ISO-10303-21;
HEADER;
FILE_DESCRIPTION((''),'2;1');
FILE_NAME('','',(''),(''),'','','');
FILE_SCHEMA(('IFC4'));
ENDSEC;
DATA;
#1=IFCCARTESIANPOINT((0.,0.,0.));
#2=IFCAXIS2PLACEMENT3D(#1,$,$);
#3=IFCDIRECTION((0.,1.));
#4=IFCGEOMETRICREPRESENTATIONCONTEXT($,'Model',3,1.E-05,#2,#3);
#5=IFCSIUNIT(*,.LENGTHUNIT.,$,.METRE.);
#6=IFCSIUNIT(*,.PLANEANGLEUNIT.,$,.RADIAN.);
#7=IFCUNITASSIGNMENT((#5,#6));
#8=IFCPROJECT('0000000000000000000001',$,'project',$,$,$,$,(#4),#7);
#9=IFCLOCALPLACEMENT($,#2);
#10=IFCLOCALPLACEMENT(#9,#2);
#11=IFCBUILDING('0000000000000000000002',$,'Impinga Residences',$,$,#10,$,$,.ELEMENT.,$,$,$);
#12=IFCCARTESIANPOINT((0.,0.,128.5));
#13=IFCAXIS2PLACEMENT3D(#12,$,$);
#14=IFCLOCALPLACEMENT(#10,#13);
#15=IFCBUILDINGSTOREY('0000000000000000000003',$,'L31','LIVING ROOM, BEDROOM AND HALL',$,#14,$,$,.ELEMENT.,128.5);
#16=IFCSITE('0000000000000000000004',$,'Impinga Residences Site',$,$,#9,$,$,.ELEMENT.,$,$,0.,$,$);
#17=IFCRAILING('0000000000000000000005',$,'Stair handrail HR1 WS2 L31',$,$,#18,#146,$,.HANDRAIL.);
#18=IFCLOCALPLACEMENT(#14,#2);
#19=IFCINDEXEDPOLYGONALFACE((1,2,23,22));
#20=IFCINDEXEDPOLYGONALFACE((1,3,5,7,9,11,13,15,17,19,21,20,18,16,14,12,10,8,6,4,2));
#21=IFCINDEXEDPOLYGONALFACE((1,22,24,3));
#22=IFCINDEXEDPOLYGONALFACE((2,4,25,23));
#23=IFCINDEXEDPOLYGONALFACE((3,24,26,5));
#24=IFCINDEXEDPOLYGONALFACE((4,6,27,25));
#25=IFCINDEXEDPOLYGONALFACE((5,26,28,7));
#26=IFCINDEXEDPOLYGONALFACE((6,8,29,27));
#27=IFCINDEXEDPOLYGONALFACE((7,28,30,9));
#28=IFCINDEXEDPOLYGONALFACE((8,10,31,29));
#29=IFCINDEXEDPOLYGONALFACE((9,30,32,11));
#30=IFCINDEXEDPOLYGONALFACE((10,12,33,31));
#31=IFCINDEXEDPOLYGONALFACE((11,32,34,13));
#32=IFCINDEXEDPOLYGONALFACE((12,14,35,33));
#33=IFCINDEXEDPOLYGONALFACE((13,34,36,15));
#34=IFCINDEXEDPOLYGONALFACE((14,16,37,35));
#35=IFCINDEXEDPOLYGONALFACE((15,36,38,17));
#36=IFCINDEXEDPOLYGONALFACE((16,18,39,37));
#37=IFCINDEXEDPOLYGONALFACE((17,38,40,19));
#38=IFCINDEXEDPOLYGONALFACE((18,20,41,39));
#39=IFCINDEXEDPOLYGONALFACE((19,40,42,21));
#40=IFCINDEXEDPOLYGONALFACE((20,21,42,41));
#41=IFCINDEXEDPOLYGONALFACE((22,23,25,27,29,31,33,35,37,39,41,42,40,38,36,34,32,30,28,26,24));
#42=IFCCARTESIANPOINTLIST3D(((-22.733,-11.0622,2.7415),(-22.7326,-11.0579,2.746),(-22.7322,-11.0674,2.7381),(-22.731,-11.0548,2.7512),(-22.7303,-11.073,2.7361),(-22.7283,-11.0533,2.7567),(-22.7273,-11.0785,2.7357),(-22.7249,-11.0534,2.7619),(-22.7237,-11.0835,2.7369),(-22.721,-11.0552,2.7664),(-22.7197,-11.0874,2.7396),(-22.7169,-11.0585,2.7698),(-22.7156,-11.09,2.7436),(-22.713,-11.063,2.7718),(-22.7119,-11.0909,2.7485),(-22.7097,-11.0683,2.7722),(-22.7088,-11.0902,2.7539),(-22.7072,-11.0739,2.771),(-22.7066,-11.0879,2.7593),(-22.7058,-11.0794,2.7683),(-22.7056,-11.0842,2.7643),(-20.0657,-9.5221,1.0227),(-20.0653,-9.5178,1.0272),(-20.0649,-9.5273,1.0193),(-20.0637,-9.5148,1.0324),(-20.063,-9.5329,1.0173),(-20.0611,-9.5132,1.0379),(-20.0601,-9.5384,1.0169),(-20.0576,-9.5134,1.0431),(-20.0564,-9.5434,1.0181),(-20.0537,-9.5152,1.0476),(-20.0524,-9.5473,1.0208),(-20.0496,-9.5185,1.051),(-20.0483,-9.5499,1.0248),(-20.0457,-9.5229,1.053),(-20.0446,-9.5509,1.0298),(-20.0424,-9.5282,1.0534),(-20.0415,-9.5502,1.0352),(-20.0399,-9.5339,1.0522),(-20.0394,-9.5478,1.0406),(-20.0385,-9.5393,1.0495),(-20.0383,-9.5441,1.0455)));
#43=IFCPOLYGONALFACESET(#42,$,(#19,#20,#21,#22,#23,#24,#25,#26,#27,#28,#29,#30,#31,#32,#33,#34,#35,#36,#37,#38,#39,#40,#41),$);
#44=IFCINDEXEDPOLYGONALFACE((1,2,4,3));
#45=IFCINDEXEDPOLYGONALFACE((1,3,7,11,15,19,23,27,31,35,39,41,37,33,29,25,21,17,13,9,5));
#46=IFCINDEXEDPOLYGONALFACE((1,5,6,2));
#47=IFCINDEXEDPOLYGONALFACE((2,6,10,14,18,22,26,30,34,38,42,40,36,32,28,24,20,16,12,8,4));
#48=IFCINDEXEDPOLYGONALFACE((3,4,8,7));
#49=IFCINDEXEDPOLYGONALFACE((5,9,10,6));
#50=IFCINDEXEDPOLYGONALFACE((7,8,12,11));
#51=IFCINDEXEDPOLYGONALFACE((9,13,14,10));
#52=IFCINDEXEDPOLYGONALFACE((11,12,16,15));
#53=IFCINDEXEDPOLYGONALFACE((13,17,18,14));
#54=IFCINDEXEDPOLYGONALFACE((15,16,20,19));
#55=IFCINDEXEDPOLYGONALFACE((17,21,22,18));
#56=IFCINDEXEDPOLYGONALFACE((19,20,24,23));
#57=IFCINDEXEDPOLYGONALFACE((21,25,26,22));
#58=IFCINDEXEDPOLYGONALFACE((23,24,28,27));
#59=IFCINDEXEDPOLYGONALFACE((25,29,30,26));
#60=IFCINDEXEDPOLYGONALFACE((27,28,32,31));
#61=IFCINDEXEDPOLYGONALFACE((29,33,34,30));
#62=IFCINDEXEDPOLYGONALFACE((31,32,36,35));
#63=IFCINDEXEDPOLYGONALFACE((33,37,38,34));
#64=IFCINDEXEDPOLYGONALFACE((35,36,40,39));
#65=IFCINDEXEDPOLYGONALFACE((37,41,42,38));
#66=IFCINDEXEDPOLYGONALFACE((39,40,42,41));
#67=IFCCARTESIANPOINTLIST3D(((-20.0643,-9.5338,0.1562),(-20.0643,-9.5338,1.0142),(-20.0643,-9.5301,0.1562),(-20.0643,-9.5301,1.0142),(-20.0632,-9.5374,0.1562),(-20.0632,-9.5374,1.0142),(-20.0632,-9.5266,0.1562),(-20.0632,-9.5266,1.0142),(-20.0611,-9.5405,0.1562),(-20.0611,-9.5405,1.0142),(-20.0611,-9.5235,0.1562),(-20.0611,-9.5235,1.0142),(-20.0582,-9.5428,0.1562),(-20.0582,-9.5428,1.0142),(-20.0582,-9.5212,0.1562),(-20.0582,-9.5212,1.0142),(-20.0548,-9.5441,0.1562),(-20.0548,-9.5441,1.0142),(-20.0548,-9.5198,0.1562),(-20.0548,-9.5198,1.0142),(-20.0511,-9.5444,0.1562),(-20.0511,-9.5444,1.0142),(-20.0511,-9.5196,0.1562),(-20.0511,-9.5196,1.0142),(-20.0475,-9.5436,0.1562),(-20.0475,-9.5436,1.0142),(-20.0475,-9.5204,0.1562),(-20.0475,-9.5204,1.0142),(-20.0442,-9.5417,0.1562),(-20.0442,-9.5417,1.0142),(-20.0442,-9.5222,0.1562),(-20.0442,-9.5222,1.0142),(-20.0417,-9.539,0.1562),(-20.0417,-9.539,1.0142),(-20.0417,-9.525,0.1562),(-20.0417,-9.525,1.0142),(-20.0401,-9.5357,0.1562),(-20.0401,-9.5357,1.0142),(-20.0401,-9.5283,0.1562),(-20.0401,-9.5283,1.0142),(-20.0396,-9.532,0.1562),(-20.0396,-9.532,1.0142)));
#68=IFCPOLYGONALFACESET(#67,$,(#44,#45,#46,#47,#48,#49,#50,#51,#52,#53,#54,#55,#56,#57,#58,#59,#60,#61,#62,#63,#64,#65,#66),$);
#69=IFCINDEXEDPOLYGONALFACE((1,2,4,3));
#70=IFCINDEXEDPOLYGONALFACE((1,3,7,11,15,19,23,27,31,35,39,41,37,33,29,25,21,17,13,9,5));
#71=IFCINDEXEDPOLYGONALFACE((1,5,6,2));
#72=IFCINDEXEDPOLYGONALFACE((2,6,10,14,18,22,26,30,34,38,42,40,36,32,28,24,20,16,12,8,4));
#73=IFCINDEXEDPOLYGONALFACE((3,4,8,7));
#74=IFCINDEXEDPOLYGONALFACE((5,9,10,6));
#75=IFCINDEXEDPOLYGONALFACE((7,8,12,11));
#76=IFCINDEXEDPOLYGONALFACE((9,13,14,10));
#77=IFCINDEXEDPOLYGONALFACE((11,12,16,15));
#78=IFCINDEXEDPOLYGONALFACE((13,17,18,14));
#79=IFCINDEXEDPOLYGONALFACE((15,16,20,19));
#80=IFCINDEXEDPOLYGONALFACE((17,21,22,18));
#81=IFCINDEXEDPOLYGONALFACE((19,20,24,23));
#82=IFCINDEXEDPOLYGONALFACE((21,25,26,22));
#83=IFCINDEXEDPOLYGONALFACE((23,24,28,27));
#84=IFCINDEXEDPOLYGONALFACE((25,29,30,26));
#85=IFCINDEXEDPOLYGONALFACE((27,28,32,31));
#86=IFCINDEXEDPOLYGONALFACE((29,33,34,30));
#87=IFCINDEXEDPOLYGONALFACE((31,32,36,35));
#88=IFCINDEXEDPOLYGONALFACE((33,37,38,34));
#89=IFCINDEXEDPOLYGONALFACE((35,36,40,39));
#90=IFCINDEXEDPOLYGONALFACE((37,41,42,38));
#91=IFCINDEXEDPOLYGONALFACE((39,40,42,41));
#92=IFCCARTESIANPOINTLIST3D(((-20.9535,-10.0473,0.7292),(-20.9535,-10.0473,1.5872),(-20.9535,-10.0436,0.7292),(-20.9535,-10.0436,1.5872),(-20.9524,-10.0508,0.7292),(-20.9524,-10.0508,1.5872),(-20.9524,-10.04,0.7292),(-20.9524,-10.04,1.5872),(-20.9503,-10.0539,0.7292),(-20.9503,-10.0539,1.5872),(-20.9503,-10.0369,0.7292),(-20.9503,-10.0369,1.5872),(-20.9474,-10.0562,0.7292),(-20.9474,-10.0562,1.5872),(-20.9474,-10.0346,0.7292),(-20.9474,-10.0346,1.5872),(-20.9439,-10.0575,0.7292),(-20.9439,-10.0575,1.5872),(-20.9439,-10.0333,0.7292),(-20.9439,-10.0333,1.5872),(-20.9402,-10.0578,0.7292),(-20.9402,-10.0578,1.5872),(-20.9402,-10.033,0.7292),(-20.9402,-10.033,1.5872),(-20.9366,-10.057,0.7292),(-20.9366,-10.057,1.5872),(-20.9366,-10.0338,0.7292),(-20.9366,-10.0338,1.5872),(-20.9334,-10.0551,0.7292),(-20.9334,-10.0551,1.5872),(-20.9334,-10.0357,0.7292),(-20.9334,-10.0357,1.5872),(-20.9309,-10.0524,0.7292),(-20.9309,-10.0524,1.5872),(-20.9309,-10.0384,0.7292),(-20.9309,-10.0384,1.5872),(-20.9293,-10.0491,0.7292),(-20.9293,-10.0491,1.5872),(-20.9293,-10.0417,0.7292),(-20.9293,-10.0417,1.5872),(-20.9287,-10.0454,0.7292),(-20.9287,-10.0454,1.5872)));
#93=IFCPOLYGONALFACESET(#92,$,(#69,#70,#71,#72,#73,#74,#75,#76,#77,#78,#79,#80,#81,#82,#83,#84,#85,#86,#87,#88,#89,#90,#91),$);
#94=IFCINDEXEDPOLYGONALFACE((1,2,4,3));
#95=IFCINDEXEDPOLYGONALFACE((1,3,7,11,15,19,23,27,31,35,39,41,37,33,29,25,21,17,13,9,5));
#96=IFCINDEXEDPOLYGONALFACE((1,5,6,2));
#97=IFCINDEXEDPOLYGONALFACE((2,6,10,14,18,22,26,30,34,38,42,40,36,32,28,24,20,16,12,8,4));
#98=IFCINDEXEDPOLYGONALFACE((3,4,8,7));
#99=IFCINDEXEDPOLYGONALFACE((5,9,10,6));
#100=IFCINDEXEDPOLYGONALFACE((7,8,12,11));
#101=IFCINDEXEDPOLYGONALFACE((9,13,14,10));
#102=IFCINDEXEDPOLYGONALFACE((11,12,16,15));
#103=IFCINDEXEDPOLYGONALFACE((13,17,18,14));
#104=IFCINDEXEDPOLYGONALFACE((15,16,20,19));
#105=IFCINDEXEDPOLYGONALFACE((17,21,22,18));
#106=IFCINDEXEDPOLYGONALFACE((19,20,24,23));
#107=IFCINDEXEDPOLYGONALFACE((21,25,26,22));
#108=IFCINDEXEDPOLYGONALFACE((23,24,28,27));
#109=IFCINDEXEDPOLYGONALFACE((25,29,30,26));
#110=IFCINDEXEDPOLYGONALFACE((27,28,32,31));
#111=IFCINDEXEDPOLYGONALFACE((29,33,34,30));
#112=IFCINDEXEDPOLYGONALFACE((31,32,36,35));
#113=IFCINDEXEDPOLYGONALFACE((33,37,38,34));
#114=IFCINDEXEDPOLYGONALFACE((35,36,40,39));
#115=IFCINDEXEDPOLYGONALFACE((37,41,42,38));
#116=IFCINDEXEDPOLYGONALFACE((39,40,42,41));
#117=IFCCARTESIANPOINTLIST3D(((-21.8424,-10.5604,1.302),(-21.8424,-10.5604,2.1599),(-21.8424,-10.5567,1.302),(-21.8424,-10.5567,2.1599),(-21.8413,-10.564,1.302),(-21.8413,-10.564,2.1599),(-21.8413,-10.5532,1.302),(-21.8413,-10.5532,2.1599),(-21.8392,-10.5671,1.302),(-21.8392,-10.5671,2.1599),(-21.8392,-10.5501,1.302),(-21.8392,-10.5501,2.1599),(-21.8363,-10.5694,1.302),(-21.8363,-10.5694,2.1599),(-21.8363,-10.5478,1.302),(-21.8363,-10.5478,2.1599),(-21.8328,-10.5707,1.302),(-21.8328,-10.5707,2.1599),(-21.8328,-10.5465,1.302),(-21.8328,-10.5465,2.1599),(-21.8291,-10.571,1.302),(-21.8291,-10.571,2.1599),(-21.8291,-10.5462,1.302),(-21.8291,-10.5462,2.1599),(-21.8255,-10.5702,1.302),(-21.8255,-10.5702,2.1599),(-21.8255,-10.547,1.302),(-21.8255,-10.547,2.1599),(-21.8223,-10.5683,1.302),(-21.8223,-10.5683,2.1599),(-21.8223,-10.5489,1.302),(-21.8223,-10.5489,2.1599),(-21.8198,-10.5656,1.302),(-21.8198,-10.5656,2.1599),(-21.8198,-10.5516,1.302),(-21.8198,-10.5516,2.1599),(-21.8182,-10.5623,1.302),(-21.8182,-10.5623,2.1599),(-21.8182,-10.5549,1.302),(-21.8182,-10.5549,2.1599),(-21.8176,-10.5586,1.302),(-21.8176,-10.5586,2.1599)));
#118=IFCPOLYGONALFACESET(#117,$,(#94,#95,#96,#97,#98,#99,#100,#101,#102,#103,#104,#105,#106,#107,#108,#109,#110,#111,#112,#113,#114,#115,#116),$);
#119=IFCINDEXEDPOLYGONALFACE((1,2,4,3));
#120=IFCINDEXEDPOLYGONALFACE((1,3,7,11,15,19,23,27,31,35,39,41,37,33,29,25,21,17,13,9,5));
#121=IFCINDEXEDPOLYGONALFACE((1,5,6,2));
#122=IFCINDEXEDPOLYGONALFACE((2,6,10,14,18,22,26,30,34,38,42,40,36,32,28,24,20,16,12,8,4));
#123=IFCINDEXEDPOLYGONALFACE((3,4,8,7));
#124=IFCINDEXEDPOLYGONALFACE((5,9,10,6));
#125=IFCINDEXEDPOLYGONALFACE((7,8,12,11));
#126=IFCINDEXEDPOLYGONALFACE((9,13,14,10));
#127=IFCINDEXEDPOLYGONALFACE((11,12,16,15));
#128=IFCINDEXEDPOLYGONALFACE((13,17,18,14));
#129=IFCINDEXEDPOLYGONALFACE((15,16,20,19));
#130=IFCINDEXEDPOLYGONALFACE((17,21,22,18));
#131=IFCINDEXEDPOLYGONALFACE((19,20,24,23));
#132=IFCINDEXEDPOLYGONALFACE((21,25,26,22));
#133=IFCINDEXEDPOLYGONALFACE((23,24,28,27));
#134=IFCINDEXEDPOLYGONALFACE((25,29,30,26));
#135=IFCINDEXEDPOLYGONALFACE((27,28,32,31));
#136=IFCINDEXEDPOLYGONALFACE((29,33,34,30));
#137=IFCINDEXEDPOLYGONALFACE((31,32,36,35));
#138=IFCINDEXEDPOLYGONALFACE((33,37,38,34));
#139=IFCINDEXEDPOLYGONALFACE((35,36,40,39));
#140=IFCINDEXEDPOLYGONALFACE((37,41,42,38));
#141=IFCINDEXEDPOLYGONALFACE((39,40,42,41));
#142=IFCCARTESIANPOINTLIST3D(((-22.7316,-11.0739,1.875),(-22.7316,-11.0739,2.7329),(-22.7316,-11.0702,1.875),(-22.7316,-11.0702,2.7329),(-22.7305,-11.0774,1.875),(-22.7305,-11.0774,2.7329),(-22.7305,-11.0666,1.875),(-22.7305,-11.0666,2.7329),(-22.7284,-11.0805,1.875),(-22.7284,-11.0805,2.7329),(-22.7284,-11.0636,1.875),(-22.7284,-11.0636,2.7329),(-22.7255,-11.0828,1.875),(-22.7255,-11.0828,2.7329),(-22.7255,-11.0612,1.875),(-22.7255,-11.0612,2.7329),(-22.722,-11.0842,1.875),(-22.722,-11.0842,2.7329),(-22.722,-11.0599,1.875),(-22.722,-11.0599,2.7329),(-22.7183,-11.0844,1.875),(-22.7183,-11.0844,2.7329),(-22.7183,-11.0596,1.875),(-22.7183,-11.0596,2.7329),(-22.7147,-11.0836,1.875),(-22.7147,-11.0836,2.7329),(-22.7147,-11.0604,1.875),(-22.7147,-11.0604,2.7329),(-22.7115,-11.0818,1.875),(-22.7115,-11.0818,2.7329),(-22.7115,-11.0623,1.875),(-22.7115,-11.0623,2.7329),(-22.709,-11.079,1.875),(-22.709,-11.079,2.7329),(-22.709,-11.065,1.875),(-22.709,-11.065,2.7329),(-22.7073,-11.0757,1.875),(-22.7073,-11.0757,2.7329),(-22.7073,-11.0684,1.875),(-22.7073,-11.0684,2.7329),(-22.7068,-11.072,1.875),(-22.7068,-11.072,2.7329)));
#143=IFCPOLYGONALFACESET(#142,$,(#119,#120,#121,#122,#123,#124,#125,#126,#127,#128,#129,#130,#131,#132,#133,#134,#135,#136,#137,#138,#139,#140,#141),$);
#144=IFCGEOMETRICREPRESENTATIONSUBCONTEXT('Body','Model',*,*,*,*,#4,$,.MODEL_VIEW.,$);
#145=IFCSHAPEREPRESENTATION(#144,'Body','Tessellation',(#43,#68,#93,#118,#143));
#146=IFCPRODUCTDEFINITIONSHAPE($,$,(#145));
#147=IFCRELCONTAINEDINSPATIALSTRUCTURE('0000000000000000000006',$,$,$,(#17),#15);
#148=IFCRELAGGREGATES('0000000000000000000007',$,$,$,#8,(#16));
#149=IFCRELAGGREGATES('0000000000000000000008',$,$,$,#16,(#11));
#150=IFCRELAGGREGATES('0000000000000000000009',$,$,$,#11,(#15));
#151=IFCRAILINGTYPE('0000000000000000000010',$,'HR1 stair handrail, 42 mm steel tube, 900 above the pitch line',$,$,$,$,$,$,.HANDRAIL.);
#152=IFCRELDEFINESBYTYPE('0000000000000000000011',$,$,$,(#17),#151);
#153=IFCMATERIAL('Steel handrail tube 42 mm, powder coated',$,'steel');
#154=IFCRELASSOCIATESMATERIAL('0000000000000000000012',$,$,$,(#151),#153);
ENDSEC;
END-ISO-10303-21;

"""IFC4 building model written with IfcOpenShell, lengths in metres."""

from ifc_helpers import new_model, si_unit, direction, frame, origin, origin_2d, place, context, subcontext, project, spatial, circle, extrude, material, type_object, element, save


model = new_model("IFC4")

# Units and contexts
model_context = context("Model", 3, precision=1e-05, world=origin(), true_north=direction((0.0, 1.0)))
body_context = subcontext(model_context, "Body", "Model", "MODEL_VIEW")
ifc_project = project(units=[si_unit("LENGTHUNIT", "METRE"), si_unit("PLANEANGLEUNIT", "RADIAN")], contexts=[model_context])

# Site, building, storey
site_placement = place(None, origin())
site = spatial("IfcSite", under=ifc_project, at=site_placement, Name="Impinga Residences Site", CompositionType="ELEMENT", RefElevation=0.0)
building_placement = place(site_placement, origin())
building = spatial("IfcBuilding", under=site, at=building_placement, Name="Impinga Residences", CompositionType="ELEMENT")
storey_placement = place(building_placement, frame((0.0, 0.0, 128.5)))
storey = spatial("IfcBuildingStorey", under=building, at=storey_placement, Name="L31", Description="LIVING ROOM, BEDROOM AND HALL", CompositionType="ELEMENT", Elevation=128.5)

# Railing
ifc_material_1 = material(Name="Steel handrail tube 42 mm, powder coated", Category="steel")
railing_type_1 = type_object("IfcRailingType", Name="HR1 stair handrail, 42 mm steel tube, 900 above the pitch line", PredefinedType="HANDRAIL", material=ifc_material_1)
railing_1_placement = place(storey_placement, frame((-20.052, -9.532, 0.1562)))
element("IfcRailing", 1, at=railing_1_placement, inside=storey, type_object=railing_type_1, Name="Stair handrail HR1 WS2 L31", PredefinedType="HANDRAIL", context=body_context, shape_type="SweptSolid", body=[
    extrude(circle(Radius=0.021, at=origin_2d()), frame((0.0, 0.0, 0.8789), z_axis=(-0.756226, -0.436639, 0.487307), x_axis=(0.500027, -0.86601, 0.0)), (0.0, 0.0, 1.0), 3.5271),
    extrude(circle(Radius=0.0125, at=origin_2d()), origin(), (0.0, 0.0, 1.0), 0.8579),
    extrude(circle(Radius=0.0125, at=origin_2d()), frame((-0.8892, -0.5134, 0.573)), (0.0, 0.0, 1.0), 0.8579),
    extrude(circle(Radius=0.0125, at=origin_2d()), frame((-1.7781, -1.0266, 1.1458)), (0.0, 0.0, 1.0), 0.8579),
    extrude(circle(Radius=0.0125, at=origin_2d()), frame((-2.6672, -1.54, 1.7188)), (0.0, 0.0, 1.0), 0.8579),
])

save(model, "model.ifc")
